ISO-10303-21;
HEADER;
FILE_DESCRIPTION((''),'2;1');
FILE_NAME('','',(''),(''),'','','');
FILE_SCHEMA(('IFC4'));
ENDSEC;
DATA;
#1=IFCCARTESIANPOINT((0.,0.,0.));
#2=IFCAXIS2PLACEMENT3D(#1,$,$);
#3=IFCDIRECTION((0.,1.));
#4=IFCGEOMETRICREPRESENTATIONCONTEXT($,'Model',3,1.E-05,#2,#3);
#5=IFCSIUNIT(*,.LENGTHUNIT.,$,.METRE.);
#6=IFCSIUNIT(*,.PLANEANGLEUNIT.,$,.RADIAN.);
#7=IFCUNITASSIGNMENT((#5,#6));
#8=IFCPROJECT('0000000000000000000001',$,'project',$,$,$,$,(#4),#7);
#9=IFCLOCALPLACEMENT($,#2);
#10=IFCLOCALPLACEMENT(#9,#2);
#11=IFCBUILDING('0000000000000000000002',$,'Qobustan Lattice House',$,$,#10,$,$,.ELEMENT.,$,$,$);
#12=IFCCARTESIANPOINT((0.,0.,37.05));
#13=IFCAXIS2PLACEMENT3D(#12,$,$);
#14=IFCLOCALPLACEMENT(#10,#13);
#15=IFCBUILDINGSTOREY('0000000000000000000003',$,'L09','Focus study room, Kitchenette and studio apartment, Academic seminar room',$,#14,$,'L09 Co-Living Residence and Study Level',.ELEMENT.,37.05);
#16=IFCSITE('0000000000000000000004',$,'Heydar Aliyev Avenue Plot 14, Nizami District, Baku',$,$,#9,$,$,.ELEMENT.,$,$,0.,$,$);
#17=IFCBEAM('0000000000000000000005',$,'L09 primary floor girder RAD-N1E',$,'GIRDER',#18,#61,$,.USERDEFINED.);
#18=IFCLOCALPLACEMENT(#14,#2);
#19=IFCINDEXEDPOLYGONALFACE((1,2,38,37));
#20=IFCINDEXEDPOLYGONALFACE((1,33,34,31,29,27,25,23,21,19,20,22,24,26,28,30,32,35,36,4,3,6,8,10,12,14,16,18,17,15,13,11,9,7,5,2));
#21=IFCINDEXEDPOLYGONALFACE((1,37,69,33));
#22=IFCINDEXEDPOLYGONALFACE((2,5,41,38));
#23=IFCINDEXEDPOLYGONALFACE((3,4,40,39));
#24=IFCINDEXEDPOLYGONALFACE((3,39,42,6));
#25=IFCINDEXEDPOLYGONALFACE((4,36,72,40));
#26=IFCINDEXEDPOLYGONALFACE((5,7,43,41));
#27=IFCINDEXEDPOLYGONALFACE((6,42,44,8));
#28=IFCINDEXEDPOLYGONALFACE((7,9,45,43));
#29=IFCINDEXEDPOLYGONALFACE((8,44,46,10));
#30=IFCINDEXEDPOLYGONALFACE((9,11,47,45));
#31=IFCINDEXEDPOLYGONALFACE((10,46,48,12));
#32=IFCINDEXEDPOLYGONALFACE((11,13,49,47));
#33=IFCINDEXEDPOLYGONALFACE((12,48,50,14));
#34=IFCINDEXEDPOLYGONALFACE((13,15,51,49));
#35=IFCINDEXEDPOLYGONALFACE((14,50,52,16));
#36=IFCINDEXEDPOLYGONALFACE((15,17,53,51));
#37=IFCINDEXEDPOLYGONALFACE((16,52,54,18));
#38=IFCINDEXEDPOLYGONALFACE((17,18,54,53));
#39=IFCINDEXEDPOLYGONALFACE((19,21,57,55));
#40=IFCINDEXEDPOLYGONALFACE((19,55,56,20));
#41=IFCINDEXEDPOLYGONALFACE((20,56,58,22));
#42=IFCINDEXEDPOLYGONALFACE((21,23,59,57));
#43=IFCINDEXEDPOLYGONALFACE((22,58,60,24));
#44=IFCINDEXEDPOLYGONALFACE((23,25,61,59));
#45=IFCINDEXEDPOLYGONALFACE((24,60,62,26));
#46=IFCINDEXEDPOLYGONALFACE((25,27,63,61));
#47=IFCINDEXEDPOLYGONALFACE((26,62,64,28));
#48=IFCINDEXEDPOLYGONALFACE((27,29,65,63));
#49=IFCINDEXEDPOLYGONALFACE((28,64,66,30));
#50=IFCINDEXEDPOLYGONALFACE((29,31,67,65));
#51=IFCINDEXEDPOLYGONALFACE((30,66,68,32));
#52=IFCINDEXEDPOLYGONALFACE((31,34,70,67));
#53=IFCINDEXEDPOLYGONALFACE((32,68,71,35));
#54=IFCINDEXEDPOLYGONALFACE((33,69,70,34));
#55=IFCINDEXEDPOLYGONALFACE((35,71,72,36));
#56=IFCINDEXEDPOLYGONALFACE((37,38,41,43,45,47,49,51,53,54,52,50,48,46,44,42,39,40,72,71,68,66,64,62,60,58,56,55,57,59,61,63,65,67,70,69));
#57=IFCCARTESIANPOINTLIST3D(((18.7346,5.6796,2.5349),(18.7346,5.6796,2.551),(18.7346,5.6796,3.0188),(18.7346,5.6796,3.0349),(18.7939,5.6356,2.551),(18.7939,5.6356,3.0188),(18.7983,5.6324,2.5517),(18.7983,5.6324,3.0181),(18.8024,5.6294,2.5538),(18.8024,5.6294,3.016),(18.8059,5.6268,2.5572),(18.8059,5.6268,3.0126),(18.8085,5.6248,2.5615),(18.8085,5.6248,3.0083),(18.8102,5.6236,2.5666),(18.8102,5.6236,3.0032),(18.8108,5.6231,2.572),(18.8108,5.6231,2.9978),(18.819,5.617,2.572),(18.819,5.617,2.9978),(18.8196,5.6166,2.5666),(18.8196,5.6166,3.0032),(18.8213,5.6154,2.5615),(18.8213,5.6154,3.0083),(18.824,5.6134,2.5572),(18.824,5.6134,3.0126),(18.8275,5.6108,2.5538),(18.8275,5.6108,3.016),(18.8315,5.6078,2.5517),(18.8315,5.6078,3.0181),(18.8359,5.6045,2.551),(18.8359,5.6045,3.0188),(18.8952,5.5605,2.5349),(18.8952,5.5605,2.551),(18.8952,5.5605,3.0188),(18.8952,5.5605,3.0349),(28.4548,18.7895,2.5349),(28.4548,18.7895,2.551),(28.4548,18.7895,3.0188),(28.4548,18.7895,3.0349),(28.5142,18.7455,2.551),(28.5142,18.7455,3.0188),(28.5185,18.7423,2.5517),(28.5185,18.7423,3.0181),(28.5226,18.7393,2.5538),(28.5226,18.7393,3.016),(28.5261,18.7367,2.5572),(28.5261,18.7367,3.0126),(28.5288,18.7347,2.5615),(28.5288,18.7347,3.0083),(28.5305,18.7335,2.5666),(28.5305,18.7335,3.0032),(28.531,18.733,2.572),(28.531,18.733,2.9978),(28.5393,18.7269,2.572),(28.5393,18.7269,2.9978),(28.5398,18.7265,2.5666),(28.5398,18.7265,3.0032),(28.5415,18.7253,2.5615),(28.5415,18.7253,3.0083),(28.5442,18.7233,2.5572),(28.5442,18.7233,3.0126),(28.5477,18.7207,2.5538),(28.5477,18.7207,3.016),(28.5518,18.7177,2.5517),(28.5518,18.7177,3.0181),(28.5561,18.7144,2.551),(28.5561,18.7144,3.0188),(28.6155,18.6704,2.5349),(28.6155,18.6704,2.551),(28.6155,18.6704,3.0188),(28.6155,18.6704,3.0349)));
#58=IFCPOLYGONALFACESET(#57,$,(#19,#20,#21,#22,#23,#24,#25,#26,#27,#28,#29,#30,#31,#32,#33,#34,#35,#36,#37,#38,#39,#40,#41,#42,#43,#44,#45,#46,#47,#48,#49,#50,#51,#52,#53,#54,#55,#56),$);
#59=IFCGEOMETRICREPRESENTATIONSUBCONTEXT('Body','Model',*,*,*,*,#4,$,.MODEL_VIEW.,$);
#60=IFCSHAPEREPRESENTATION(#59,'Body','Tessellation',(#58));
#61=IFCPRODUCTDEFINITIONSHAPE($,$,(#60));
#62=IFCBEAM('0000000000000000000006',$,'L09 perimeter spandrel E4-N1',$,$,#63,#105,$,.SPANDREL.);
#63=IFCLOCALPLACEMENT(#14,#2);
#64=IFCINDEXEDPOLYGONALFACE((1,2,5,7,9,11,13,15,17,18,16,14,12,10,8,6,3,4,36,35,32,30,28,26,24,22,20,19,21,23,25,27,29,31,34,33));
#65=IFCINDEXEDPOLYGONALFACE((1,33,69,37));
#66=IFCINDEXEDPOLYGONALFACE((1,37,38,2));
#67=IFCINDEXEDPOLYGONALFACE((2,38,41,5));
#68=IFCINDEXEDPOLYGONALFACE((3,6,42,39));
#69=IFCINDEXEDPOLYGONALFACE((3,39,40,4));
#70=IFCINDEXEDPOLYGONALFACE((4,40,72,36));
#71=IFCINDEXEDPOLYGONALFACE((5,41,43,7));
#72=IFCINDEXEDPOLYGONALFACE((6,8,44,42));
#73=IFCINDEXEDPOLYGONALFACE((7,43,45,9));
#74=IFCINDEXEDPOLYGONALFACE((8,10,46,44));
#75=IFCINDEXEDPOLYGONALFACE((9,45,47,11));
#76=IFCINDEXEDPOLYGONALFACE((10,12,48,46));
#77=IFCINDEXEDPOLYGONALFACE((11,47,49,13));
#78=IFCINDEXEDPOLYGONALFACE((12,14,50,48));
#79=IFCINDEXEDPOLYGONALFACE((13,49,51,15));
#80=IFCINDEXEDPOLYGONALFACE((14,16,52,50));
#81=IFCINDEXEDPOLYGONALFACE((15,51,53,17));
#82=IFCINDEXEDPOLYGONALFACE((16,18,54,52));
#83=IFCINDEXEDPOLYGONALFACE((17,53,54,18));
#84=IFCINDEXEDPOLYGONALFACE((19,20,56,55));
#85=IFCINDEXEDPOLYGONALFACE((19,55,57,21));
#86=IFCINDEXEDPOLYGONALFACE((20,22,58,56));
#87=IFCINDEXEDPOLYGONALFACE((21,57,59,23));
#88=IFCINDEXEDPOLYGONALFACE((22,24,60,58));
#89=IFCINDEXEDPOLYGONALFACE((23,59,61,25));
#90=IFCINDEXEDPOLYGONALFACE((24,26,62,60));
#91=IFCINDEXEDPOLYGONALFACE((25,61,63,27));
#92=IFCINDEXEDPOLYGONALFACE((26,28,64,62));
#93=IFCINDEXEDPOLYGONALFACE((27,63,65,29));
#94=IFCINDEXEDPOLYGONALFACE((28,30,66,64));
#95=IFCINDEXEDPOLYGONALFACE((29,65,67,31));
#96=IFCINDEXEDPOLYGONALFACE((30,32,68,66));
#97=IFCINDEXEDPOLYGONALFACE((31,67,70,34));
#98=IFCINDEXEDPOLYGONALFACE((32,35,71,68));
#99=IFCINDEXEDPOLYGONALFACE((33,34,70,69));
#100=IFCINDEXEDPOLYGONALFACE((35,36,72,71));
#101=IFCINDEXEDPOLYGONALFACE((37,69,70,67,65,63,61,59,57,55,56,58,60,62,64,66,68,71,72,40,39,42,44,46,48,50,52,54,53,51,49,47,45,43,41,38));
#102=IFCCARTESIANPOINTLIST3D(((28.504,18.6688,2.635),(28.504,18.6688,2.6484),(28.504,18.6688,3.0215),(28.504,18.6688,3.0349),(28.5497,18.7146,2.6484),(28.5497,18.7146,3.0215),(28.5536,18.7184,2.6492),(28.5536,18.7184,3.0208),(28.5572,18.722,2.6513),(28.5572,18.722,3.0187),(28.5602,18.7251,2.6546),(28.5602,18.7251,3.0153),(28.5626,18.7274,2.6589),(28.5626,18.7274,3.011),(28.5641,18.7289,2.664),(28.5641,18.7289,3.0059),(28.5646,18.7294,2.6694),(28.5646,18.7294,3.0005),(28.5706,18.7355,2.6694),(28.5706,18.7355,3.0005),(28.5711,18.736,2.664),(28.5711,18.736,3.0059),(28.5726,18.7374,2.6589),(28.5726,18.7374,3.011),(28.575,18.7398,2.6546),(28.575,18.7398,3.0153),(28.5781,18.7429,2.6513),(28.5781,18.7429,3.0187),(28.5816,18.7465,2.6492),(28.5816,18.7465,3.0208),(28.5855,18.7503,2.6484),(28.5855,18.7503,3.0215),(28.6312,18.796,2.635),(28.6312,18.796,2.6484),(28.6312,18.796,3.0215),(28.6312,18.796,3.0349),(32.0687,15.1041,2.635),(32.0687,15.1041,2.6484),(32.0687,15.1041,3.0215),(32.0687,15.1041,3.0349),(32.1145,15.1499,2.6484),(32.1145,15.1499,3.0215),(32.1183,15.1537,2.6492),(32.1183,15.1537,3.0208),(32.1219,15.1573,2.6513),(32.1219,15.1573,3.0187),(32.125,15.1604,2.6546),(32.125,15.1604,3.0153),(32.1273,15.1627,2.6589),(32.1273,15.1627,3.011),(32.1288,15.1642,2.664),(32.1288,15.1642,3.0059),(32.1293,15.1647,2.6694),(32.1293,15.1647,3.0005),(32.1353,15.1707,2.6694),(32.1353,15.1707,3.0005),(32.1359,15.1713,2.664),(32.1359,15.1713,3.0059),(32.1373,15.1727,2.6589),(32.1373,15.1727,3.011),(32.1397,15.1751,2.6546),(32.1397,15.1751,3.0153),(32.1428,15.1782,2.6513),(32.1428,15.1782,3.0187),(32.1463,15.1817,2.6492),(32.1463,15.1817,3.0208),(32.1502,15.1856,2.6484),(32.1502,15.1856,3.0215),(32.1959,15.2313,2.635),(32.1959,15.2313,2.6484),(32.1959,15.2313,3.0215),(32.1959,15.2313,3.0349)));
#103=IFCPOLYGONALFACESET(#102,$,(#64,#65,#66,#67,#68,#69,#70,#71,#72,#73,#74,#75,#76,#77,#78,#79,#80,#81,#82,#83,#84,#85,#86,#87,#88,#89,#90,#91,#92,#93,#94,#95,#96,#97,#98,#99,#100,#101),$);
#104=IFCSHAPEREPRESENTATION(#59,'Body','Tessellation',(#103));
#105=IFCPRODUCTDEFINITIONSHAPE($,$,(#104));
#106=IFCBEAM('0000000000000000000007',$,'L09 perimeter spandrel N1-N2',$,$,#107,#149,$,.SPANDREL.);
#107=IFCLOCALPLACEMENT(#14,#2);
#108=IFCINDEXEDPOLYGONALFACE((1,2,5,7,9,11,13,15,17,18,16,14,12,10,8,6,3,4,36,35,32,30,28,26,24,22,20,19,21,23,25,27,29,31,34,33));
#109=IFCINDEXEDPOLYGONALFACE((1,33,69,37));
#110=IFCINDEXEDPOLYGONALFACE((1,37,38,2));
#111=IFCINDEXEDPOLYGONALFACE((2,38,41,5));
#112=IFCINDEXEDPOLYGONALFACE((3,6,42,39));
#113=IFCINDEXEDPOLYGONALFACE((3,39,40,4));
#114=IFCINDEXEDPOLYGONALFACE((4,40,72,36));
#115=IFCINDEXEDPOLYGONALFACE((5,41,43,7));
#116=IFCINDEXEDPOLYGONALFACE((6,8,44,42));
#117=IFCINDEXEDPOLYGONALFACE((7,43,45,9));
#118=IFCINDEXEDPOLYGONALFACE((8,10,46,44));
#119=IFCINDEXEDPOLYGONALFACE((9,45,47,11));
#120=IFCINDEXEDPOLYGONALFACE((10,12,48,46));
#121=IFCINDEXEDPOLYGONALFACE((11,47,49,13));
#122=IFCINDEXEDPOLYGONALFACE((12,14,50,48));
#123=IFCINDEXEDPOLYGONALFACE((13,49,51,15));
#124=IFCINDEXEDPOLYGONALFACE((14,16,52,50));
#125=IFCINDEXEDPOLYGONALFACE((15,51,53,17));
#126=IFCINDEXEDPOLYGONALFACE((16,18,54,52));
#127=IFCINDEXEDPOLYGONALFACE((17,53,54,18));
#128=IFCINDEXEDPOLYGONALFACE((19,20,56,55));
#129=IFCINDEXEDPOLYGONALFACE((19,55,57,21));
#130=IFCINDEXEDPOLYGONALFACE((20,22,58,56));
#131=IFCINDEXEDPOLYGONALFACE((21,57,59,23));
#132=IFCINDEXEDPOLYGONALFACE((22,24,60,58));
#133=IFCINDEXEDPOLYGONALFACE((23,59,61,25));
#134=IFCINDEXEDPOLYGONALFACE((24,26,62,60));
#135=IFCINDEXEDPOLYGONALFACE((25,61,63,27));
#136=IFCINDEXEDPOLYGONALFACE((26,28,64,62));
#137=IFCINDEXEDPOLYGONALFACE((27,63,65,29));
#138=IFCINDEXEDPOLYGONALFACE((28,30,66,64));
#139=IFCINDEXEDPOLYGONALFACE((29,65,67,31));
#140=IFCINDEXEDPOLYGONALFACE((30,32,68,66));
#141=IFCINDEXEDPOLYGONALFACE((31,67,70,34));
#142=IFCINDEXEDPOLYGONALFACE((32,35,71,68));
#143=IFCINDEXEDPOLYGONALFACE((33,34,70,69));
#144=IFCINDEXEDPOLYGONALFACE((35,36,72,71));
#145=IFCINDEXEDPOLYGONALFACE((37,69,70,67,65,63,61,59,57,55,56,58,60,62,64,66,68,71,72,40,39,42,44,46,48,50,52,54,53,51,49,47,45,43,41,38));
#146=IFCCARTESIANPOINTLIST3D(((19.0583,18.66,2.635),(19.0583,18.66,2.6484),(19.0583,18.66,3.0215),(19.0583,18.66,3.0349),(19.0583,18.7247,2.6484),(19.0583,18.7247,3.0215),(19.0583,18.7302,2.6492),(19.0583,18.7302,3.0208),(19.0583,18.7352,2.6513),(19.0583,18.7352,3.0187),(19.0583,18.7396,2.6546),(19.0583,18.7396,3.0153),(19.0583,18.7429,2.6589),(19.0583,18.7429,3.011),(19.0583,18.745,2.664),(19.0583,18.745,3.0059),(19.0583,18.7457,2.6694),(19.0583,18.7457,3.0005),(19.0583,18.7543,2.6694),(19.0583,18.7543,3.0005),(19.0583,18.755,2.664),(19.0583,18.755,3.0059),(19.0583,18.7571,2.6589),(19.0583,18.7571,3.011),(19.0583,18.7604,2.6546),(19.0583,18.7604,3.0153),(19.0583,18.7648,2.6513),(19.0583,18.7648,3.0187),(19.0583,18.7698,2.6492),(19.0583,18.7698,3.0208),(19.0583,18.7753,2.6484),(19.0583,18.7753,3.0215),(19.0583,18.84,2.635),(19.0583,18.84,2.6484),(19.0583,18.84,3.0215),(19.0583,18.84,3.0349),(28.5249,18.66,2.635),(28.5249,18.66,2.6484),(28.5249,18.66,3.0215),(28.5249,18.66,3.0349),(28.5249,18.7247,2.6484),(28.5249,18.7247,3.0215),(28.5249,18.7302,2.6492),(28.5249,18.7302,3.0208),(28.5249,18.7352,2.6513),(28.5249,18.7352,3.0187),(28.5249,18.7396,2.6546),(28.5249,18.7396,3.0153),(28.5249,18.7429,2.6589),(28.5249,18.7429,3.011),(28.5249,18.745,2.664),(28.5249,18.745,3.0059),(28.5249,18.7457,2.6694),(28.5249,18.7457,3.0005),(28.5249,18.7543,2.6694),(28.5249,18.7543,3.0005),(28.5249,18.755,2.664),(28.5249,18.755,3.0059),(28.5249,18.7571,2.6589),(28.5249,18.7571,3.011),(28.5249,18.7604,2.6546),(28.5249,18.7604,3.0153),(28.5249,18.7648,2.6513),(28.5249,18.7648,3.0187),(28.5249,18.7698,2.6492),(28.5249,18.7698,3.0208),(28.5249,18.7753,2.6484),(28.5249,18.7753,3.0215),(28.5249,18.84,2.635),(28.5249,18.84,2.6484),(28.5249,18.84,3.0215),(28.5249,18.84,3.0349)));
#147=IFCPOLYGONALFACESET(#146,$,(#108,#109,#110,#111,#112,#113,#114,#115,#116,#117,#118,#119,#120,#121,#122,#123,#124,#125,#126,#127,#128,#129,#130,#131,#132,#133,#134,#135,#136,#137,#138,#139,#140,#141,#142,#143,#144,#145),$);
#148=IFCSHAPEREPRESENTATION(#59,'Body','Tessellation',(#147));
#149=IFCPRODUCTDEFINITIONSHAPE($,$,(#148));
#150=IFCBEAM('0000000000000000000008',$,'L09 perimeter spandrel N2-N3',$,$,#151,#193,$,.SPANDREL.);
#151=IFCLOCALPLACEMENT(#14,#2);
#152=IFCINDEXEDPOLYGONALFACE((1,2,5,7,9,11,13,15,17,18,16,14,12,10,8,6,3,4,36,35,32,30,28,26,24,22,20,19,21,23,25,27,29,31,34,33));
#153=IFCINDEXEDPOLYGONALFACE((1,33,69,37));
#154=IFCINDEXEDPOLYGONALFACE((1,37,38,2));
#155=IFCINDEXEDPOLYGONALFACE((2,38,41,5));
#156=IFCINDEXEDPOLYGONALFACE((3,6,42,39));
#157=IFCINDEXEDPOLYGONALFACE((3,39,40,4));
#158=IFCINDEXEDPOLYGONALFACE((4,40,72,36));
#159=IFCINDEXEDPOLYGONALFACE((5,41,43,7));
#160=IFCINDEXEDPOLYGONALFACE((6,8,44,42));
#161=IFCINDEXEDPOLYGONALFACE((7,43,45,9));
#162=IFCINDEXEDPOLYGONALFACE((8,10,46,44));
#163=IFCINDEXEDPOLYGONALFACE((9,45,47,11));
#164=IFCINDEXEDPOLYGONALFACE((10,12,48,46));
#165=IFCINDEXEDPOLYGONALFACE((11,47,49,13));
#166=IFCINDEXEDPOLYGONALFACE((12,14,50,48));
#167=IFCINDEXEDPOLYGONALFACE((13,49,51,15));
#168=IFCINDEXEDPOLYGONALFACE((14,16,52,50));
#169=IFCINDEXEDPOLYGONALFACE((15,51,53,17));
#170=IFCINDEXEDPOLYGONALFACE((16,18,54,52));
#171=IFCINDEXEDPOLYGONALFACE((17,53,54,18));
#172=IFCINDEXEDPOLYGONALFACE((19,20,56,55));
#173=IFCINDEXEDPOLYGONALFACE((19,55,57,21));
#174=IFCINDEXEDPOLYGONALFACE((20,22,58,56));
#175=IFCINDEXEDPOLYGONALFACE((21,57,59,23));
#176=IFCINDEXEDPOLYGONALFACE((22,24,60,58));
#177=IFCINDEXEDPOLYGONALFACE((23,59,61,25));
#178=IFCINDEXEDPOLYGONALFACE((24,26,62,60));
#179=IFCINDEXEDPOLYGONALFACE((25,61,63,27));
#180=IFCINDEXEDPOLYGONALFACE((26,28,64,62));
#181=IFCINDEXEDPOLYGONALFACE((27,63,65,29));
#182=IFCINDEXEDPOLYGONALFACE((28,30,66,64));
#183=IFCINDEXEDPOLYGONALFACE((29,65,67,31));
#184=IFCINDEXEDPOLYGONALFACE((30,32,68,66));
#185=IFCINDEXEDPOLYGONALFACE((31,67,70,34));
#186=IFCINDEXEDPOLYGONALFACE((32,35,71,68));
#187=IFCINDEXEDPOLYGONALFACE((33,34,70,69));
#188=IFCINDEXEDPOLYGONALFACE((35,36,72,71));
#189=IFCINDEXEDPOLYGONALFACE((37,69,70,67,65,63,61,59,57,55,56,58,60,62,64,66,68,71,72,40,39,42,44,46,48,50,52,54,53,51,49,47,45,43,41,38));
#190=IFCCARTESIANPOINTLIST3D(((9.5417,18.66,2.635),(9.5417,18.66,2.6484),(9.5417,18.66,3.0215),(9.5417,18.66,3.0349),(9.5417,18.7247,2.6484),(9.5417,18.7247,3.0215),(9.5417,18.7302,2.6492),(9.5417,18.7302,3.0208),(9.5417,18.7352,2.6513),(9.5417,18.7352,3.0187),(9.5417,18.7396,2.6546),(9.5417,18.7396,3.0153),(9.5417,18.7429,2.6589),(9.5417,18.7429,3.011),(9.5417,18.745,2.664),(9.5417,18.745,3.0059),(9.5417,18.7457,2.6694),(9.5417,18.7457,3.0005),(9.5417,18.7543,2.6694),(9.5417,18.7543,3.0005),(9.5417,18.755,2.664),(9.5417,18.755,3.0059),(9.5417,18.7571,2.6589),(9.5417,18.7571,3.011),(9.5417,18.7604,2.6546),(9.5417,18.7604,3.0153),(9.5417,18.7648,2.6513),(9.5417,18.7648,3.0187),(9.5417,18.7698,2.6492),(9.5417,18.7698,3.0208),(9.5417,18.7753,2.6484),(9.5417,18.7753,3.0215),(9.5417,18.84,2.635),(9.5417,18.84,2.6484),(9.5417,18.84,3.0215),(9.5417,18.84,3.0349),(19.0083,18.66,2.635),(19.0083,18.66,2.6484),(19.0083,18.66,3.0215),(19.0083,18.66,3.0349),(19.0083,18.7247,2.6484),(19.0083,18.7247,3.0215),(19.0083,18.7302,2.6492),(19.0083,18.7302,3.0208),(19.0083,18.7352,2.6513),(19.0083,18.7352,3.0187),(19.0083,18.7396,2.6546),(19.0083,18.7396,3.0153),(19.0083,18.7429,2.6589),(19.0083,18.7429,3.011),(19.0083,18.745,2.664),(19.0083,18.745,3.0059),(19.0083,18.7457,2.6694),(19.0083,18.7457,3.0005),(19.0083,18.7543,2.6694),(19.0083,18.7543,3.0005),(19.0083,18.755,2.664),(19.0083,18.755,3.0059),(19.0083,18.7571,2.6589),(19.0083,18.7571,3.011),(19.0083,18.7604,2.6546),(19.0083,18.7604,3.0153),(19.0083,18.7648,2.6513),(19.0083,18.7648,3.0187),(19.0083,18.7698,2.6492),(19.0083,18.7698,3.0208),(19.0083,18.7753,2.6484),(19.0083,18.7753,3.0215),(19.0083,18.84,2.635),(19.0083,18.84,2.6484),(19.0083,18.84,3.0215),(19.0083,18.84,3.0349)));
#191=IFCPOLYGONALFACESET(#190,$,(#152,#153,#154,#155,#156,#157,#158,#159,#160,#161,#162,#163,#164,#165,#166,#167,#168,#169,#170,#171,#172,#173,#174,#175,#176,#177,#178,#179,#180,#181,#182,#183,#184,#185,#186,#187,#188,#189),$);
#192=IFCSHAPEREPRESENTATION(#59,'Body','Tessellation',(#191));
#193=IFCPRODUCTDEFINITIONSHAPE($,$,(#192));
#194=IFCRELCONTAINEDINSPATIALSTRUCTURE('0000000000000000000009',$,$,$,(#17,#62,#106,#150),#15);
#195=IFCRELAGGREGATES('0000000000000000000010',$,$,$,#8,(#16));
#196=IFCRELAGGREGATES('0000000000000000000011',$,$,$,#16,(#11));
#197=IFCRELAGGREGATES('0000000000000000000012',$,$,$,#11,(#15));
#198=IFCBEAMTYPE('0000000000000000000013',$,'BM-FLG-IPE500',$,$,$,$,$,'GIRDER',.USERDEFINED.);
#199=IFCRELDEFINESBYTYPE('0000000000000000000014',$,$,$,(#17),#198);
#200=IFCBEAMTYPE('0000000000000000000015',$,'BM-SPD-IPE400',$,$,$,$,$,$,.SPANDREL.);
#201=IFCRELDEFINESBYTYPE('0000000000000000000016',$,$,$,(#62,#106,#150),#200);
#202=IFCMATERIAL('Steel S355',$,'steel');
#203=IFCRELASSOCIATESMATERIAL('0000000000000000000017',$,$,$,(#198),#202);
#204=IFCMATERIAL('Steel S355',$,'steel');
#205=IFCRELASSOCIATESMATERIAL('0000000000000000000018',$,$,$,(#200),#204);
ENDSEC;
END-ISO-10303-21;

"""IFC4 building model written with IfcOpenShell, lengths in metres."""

from ifc_helpers import new_model, si_unit, direction, frame, origin, origin_2d, place, context, subcontext, project, spatial, i_section, extrude, material, material_profile, profile_set, type_object, element, save


model = new_model("IFC4")

# Units and contexts
model_context = context("Model", 3, precision=1e-05, world=origin(), true_north=direction((0.0, 1.0)))
body_context = subcontext(model_context, "Body", "Model", "MODEL_VIEW")
ifc_project = project(units=[si_unit("LENGTHUNIT", "METRE"), si_unit("PLANEANGLEUNIT", "RADIAN")], contexts=[model_context])

# Site, building, storey
site_placement = place(None, origin())
site = spatial("IfcSite", under=ifc_project, at=site_placement, Name="Heydar Aliyev Avenue Plot 14, Nizami District, Baku", CompositionType="ELEMENT", RefElevation=0.0)
building_placement = place(site_placement, origin())
building = spatial("IfcBuilding", under=site, at=building_placement, Name="Qobustan Lattice House", CompositionType="ELEMENT")
storey_placement = place(building_placement, frame((0.0, 0.0, 37.05)))
storey = spatial("IfcBuildingStorey", under=building, at=storey_placement, Name="L09", Description="Focus study room, Kitchenette and studio apartment, Academic seminar room", LongName="L09 Co-Living Residence and Study Level", CompositionType="ELEMENT", Elevation=37.05)

# Beams
ifc_material_1 = material(Name="Steel S355", Category="steel")
ifc_material_profile_1 = material_profile(ifc_material_1, i_section(OverallWidth=0.2, OverallDepth=0.5, WebThickness=0.0103, FlangeThickness=0.0161, FilletRadius=0.021, at=origin_2d()), Name="IPE500")
ifc_profile_set_1 = profile_set([ifc_material_profile_1], Name="Steel S355")
beam_type_1 = type_object("IfcBeamType", Name="BM-FLG-IPE500", ElementType="GIRDER", PredefinedType="USERDEFINED", material=ifc_profile_set_1)
beam_1_placement = place(storey_placement, frame((28.5352, 18.73, 2.7849), z_axis=(-0.595592, -0.803287, 0.0), x_axis=(0.803287, -0.595592, 0.0)))
element("IfcBeam", 1, at=beam_1_placement, inside=storey, type_object=beam_type_1, Name="L09 primary floor girder RAD-N1E", ObjectType="GIRDER", PredefinedType="USERDEFINED", context=body_context, shape_type="SweptSolid", body=[
    extrude(i_section(OverallWidth=0.2, OverallDepth=0.5, WebThickness=0.0103, FlangeThickness=0.0161, FilletRadius=0.021, at=origin_2d()), origin(), (0.0, 0.0, 1.0), 16.3203),
])
ifc_material_2 = material(Name="Steel S355", Category="steel")
ifc_material_profile_2 = material_profile(ifc_material_2, i_section(OverallWidth=0.1799, OverallDepth=0.3999, WebThickness=0.0085, FlangeThickness=0.0134, FilletRadius=0.021, at=origin_2d()), Name="IPE400")
ifc_profile_set_2 = profile_set([ifc_material_profile_2], Name="Steel S355")
beam_type_2 = type_object("IfcBeamType", Name="BM-SPD-IPE400", PredefinedType="SPANDREL", material=ifc_profile_set_2)
beam_2_placement = place(storey_placement, frame((32.1323, 15.1677, 2.835), z_axis=(-0.707107, 0.707107, 0.0), x_axis=(-0.707107, -0.707107, 0.0)))
element("IfcBeam", 2, at=beam_2_placement, inside=storey, type_object=beam_type_2, Name="L09 perimeter spandrel E4-N1", PredefinedType="SPANDREL", context=body_context, shape_type="SweptSolid", body=[
    extrude(i_section(OverallWidth=0.1799, OverallDepth=0.3999, WebThickness=0.0085, FlangeThickness=0.0134, FilletRadius=0.021, at=origin_2d()), origin(), (0.0, 0.0, 1.0), 5.0413),
])
for number, where, z_axis, x_axis, name in (
    (3, (28.5249, 18.75, 2.835), (-1.0, 0.0, 0.0), (0.0, -1.0, 0.0), "L09 perimeter spandrel N1-N2"),
    (4, (19.0083, 18.75, 2.835), (-1.0, 0.0, 0.0), (0.0, -1.0, 0.0), "L09 perimeter spandrel N2-N3"),
):
    element("IfcBeam", number, at=place(storey_placement, frame(where, z_axis=z_axis, x_axis=x_axis)), inside=storey, type_object=beam_type_2, Name=name, PredefinedType="SPANDREL", context=body_context, shape_type="SweptSolid", body=[
        extrude(i_section(OverallWidth=0.1799, OverallDepth=0.3999, WebThickness=0.0085, FlangeThickness=0.0134, FilletRadius=0.021, at=origin_2d()), origin(), (0.0, 0.0, 1.0), 9.4666),
    ])

save(model, "model.ifc")
